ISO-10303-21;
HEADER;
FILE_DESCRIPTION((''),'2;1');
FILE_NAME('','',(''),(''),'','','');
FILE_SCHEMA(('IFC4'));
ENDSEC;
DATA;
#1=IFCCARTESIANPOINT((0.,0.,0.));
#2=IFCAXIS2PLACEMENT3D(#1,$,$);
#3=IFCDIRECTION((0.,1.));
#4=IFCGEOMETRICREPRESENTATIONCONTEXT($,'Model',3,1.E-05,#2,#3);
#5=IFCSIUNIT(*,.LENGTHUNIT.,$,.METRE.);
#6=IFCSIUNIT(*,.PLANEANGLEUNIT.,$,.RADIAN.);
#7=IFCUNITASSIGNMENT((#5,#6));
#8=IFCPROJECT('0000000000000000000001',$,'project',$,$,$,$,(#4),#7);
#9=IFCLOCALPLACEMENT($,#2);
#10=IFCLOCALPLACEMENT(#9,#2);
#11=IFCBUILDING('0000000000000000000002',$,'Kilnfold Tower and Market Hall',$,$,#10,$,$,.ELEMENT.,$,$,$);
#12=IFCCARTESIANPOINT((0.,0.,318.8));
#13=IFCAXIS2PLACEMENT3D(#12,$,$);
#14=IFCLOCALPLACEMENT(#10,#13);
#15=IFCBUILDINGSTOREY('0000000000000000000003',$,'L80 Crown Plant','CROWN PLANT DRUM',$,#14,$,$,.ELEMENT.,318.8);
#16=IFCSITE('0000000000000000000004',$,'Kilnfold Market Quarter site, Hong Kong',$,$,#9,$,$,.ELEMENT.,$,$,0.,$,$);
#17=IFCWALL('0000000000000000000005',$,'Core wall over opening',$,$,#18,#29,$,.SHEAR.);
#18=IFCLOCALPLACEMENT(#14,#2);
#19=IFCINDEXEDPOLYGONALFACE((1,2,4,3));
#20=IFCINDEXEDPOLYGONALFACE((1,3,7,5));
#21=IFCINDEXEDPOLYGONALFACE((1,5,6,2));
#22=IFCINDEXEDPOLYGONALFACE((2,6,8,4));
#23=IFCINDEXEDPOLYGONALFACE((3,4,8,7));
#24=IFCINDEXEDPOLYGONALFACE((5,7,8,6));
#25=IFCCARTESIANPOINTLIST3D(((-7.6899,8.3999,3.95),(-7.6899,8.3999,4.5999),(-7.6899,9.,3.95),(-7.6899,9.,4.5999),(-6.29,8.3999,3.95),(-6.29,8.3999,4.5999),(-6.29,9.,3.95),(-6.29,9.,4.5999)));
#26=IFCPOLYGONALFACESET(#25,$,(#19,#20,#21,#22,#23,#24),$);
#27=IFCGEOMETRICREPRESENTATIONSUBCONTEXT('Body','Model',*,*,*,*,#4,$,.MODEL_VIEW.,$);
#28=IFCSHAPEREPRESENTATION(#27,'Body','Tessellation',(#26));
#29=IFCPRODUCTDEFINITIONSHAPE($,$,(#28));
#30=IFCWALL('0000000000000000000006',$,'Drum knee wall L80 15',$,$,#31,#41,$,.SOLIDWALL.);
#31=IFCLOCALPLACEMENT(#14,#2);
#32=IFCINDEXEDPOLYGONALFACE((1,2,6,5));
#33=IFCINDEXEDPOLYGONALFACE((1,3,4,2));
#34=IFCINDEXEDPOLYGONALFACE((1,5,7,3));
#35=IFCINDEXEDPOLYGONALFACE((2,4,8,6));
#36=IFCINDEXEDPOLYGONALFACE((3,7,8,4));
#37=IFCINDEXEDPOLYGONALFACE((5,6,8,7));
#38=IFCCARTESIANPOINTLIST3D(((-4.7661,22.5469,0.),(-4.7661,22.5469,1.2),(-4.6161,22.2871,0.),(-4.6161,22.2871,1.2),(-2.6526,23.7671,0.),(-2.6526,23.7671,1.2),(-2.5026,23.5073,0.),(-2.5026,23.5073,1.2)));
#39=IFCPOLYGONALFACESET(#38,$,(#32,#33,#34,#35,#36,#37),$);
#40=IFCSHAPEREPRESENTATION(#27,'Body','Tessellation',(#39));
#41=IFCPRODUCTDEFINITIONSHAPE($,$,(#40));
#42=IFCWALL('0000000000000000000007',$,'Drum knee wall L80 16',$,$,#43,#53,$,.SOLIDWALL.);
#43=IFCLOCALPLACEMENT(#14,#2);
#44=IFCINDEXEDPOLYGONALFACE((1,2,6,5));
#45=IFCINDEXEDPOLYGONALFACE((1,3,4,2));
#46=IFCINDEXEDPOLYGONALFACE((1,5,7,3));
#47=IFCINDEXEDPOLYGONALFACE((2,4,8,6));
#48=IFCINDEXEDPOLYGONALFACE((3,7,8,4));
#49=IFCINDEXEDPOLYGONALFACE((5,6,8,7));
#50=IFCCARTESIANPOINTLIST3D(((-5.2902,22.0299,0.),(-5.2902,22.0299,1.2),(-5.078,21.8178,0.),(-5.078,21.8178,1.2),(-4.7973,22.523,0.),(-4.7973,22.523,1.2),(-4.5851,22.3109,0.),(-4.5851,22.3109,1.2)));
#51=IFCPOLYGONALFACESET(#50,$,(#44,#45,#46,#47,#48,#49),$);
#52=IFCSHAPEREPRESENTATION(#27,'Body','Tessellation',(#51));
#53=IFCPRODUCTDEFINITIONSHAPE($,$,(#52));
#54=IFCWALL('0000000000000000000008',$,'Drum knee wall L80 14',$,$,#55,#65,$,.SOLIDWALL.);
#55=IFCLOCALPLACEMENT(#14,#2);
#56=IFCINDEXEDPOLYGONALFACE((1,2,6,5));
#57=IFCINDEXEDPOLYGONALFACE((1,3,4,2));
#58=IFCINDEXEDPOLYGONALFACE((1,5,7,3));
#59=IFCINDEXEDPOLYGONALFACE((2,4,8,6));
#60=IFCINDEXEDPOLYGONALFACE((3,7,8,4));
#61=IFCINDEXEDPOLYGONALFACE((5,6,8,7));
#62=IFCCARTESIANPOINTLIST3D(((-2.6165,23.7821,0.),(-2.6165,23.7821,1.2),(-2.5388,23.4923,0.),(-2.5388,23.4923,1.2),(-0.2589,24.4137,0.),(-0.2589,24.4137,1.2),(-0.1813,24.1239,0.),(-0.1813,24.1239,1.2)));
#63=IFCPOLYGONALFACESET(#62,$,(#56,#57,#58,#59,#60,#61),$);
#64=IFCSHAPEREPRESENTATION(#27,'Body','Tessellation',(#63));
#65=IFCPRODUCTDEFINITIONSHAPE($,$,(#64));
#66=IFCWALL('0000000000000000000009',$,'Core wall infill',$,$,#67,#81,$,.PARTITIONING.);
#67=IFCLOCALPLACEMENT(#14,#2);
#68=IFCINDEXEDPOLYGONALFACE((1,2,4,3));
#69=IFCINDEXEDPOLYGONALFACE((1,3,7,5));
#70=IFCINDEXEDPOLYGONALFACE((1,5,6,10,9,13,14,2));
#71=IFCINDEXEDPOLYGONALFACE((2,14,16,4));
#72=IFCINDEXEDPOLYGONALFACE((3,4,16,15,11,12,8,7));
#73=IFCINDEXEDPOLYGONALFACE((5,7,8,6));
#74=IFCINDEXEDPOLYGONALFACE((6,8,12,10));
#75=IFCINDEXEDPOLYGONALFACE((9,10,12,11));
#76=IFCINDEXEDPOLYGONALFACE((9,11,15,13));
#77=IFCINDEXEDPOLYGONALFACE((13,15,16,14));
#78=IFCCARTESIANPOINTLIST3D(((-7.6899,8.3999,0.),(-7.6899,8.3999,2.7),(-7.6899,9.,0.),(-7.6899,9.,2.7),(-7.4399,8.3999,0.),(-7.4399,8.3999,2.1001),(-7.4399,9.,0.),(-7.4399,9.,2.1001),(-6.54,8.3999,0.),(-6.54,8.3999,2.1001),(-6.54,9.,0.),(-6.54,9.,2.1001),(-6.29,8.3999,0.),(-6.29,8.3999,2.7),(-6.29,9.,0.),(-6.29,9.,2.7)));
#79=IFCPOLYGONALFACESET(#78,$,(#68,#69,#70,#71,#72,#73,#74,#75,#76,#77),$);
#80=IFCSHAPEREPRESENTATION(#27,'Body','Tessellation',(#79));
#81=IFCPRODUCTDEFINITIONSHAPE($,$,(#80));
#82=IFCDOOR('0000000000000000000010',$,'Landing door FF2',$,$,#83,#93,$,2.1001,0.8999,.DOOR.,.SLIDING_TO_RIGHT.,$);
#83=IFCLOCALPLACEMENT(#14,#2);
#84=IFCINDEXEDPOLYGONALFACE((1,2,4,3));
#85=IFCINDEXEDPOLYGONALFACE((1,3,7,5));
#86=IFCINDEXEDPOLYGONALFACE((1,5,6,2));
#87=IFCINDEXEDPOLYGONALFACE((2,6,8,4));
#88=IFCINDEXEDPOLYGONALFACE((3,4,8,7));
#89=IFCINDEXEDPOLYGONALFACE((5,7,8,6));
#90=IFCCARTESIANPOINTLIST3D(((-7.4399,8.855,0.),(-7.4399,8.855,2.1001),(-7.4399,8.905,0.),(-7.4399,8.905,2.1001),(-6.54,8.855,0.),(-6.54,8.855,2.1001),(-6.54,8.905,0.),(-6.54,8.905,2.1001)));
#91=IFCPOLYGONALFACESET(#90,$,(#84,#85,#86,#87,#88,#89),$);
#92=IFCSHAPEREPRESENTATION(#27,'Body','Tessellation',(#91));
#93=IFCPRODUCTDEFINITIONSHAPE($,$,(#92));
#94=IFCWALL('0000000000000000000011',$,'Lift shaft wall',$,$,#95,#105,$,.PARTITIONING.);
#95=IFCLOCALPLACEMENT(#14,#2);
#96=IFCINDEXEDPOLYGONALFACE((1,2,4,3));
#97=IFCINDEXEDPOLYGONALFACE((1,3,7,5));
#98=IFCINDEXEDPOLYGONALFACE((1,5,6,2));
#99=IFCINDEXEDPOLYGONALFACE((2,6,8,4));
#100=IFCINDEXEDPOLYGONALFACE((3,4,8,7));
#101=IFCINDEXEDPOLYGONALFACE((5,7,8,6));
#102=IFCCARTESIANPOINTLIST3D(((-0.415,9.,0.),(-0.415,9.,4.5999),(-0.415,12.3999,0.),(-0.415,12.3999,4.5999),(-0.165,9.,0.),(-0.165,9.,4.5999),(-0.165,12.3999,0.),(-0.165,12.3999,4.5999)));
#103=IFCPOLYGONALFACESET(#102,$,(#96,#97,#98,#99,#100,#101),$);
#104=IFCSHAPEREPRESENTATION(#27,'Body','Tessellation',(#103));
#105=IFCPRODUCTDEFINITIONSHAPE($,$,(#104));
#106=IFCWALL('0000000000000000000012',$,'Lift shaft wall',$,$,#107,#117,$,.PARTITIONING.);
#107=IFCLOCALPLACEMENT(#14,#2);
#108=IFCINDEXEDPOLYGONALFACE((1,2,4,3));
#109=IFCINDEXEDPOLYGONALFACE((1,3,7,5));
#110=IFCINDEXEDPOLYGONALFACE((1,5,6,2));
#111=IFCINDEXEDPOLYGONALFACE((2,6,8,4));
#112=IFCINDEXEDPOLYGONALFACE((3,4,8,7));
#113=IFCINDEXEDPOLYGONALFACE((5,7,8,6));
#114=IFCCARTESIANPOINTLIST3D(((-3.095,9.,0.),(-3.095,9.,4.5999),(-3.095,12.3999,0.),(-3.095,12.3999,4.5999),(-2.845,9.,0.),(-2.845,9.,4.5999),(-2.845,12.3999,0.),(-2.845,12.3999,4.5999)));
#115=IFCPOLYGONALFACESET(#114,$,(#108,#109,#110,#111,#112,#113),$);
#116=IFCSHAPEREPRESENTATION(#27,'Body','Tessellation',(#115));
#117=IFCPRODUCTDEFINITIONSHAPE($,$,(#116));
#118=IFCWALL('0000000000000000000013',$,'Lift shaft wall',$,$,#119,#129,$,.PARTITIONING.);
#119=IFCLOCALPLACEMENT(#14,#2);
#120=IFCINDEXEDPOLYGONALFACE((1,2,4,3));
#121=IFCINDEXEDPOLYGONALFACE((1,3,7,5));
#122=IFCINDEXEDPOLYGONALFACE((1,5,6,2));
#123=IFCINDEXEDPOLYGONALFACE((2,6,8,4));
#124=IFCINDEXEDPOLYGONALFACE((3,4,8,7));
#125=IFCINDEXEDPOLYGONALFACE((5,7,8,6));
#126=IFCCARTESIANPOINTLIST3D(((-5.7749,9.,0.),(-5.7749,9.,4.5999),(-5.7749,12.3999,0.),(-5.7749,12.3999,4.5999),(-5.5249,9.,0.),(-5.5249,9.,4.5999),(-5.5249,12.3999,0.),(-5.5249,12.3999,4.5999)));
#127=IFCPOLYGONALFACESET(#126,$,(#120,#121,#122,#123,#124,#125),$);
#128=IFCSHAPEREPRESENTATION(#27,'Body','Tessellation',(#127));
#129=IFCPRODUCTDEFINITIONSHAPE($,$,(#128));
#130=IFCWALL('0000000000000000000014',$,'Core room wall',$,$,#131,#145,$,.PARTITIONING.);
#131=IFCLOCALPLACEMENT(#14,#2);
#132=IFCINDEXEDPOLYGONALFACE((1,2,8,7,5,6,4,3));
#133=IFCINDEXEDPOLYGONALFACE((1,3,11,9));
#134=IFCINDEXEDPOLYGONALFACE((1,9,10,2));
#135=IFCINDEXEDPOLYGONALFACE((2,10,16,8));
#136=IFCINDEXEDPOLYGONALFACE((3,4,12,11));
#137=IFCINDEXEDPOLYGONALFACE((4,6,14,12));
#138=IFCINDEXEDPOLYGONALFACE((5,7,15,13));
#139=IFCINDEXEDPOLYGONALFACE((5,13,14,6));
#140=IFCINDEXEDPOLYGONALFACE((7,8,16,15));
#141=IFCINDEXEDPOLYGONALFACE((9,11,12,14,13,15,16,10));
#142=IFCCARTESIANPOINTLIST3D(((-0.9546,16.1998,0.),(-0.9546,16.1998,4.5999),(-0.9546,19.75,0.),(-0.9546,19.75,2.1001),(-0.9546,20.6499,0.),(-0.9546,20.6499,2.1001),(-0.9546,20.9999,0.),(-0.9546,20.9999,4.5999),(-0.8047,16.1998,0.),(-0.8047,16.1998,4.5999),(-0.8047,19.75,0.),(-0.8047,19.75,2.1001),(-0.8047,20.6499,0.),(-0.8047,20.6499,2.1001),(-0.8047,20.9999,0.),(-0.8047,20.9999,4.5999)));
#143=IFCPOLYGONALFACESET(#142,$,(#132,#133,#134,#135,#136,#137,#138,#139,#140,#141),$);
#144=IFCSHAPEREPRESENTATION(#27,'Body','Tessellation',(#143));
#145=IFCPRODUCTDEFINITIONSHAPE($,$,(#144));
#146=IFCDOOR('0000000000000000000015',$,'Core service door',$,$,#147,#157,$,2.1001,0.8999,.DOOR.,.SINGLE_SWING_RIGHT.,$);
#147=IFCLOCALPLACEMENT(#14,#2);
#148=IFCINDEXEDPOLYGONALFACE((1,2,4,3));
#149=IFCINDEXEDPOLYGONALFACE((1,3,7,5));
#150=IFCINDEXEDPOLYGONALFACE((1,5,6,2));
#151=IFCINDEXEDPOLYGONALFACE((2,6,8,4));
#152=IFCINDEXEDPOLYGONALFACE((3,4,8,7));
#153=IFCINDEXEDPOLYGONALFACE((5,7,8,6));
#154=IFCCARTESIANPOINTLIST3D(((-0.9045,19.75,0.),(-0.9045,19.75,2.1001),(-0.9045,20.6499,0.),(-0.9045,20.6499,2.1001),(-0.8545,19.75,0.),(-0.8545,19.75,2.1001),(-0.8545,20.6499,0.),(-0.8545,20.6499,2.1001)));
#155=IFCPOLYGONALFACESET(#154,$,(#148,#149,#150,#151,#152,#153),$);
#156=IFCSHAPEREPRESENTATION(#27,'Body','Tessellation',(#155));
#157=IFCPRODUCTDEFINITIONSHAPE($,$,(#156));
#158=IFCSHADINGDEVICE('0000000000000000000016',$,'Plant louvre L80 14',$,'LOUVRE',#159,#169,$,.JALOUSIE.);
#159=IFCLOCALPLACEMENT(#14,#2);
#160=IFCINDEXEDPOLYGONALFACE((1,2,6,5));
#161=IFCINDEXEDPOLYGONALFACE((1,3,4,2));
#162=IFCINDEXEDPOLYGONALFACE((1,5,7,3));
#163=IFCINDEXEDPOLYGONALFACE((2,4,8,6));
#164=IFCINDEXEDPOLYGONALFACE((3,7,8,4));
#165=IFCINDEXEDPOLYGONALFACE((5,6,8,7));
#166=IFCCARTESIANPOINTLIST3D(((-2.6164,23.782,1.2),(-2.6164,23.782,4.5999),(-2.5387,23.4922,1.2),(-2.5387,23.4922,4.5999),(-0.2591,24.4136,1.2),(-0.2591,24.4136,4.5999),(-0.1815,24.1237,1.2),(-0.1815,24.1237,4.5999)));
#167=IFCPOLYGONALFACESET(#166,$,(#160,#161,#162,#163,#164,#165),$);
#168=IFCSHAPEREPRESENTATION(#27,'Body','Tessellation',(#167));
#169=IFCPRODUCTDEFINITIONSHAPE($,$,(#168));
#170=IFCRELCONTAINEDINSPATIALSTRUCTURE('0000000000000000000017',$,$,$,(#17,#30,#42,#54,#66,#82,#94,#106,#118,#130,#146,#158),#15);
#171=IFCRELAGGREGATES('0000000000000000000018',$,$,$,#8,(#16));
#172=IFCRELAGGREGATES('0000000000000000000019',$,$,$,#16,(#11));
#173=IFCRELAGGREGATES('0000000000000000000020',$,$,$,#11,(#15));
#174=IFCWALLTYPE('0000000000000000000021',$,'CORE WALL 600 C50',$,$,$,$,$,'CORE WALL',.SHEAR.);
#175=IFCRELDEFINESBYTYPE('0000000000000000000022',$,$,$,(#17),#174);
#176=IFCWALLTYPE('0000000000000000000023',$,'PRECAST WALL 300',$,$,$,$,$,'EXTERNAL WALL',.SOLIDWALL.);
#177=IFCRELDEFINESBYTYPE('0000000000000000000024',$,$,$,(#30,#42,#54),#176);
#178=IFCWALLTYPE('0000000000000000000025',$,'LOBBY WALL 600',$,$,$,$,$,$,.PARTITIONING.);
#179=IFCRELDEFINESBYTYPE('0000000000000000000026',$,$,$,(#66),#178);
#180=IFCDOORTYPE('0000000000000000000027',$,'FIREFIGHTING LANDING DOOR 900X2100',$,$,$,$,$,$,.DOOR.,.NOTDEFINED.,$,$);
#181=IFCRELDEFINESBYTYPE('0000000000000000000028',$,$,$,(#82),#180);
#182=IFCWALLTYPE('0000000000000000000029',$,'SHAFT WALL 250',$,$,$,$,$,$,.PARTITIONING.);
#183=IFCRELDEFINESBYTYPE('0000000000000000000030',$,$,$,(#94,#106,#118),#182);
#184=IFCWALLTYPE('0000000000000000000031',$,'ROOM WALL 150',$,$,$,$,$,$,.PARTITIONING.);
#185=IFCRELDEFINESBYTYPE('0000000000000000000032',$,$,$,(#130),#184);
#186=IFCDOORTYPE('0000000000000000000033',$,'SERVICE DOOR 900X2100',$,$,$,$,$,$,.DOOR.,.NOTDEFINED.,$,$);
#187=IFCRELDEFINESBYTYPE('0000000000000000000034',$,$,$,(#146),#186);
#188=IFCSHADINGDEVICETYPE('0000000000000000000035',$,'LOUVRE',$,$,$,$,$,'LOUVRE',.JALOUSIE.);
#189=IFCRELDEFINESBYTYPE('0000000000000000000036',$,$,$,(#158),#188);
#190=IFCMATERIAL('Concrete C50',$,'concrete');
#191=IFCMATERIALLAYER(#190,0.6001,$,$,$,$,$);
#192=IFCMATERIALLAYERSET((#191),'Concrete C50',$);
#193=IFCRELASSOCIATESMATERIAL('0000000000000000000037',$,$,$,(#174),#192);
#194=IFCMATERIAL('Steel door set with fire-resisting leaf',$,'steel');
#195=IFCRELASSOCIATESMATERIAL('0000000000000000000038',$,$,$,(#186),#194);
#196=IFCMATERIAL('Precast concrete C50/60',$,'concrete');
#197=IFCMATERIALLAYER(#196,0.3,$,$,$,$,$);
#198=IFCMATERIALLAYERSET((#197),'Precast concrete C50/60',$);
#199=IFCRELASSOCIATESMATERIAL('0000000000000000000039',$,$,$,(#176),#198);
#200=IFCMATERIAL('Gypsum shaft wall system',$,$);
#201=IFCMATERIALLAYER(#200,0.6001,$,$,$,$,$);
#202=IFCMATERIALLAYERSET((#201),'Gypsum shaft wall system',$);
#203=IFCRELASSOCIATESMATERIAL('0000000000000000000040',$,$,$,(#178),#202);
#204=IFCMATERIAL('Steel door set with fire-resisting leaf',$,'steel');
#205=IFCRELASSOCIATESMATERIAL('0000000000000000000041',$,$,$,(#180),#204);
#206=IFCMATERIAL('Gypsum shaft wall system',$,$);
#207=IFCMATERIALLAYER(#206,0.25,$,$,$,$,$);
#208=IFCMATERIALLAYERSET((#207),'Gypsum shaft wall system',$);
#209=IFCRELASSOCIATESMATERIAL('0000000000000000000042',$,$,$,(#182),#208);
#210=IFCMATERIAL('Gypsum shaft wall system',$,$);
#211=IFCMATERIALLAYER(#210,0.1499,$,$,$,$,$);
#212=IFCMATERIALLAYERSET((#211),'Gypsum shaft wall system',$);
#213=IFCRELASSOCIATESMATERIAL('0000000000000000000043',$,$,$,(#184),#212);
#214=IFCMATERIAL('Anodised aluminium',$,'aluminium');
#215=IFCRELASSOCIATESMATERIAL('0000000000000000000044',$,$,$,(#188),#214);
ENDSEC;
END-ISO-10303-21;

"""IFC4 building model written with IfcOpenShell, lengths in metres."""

from ifc_helpers import new_model, si_unit, direction, frame, frame_2d, origin, origin_2d, place, context, subcontext, project, spatial, rectangle, extrude, source, transform, mapped, material, layer, layer_set, type_object, element, fill, save


model = new_model("IFC4")

# Units and contexts
model_context = context("Model", 3, precision=1e-05, world=origin(), true_north=direction((0.0, 1.0)))
body_context = subcontext(model_context, "Body", "Model", "MODEL_VIEW")
ifc_project = project(units=[si_unit("LENGTHUNIT", "METRE"), si_unit("PLANEANGLEUNIT", "RADIAN")], contexts=[model_context])

# Site, building, storey
site_placement = place(None, origin())
site = spatial("IfcSite", under=ifc_project, at=site_placement, Name="Kilnfold Market Quarter site, Hong Kong", CompositionType="ELEMENT", RefElevation=0.0)
building_placement = place(site_placement, origin())
building = spatial("IfcBuilding", under=site, at=building_placement, Name="Kilnfold Tower and Market Hall", CompositionType="ELEMENT")
storey_placement = place(building_placement, frame((0.0, 0.0, 318.8)))
storey = spatial("IfcBuildingStorey", under=building, at=storey_placement, Name="L80 Crown Plant", Description="CROWN PLANT DRUM", CompositionType="ELEMENT", Elevation=318.8)

# Shared definitions
ifc_material_1 = material(Name="Concrete C50", Category="concrete")
ifc_layer_1 = layer(ifc_material_1, 0.6001)
ifc_layer_set_1 = layer_set([ifc_layer_1], Name="Concrete C50")
wall_type_1 = type_object("IfcWallType", Name="CORE WALL 600 C50", ElementType="CORE WALL", PredefinedType="SHEAR", material=ifc_layer_set_1)

# Shared definitions
ifc_material_2 = material(Name="Steel door set with fire-resisting leaf", Category="steel")
door_type_1 = type_object("IfcDoorType", Name="SERVICE DOOR 900X2100", OperationType="NOTDEFINED", PredefinedType="DOOR", material=ifc_material_2)

# Walls
shared_shape_1 = source(origin(), body_context, "Body", "SweptSolid", [
    extrude(rectangle(XDim=1.3999, YDim=0.6001, at=frame_2d((0.7, 0.0))), origin(), (0.0, 0.0, 1.0), 0.6499),
])
wall_1_placement = place(storey_placement, frame((-7.6899, 8.7, 3.95), z_axis=(0.0, 0.0, 1.0), x_axis=(1.0, 0.0, 0.0)))
element("IfcWall", 1, at=wall_1_placement, inside=storey, type_object=wall_type_1, Name="Core wall over opening", PredefinedType="SHEAR", context=body_context, shape_type="MappedRepresentation", body=[
    mapped(shared_shape_1, transform((0.0, 0.0, 0.0))),
])
ifc_material_3 = material(Name="Precast concrete C50/60", Category="concrete")
ifc_layer_2 = layer(ifc_material_3, 0.3)
ifc_layer_set_2 = layer_set([ifc_layer_2], Name="Precast concrete C50/60")
wall_type_2 = type_object("IfcWallType", Name="PRECAST WALL 300", ElementType="EXTERNAL WALL", PredefinedType="SOLIDWALL", material=ifc_layer_set_2)
shared_shape_2 = source(origin(), body_context, "Body", "SweptSolid", [
    extrude(rectangle(XDim=2.4404, YDim=0.3, at=frame_2d((1.2202, 0.0))), origin(), (0.0, 0.0, 1.0), 1.2),
])
wall_2_placement = place(storey_placement, frame((-2.5776, 23.6372, 0.0), z_axis=(0.0, 0.0, 1.0), x_axis=(-0.866031, -0.499991, 0.0)))
element("IfcWall", 2, at=wall_2_placement, inside=storey, type_object=wall_type_2, Name="Drum knee wall L80 15", PredefinedType="SOLIDWALL", context=body_context, shape_type="MappedRepresentation", body=[
    mapped(shared_shape_2, transform((0.0, 0.0, 0.0))),
])
shared_shape_3 = source(origin(), body_context, "Body", "SweptSolid", [
    extrude(rectangle(XDim=0.6973, YDim=0.3, at=frame_2d((0.3486, 0.0))), origin(), (0.0, 0.0, 1.0), 1.2),
])
wall_3_placement = place(storey_placement, frame((-4.6912, 22.417, 0.0), z_axis=(0.0, 0.0, 1.0), x_axis=(-0.706932, -0.707282, 0.0)))
element("IfcWall", 3, at=wall_3_placement, inside=storey, type_object=wall_type_2, Name="Drum knee wall L80 16", PredefinedType="SOLIDWALL", context=body_context, shape_type="MappedRepresentation", body=[
    mapped(shared_shape_3, transform((0.0, 0.0, 0.0))),
])
shared_shape_4 = source(origin(), body_context, "Body", "SweptSolid", [
    extrude(rectangle(XDim=2.4407, YDim=0.3, at=frame_2d((1.2202, 0.0))), origin(), (0.0, 0.0, 1.0), 1.2),
])
wall_4_placement = place(storey_placement, frame((-0.2202, 24.2688, 0.0), z_axis=(0.0, 0.0, 1.0), x_axis=(-0.965934, -0.258789, 0.0)))
element("IfcWall", 4, at=wall_4_placement, inside=storey, type_object=wall_type_2, Name="Drum knee wall L80 14", PredefinedType="SOLIDWALL", context=body_context, shape_type="MappedRepresentation", body=[
    mapped(shared_shape_4, transform((0.0, 0.0, 0.0))),
])

# Wall, opening, door
ifc_material_4 = material(Name="Gypsum shaft wall system")
ifc_layer_3 = layer(ifc_material_4, 0.6001)
ifc_layer_set_3 = layer_set([ifc_layer_3], Name="Gypsum shaft wall system")
wall_type_3 = type_object("IfcWallType", Name="LOBBY WALL 600", PredefinedType="PARTITIONING", material=ifc_layer_set_3)
shared_shape_5 = source(origin(), body_context, "Body", "SweptSolid", [
    extrude(rectangle(XDim=1.3999, YDim=0.6001, at=frame_2d((0.7, 0.0))), origin(), (0.0, 0.0, 1.0), 2.7),
])
wall_5_placement = place(storey_placement, frame((-7.6899, 8.7, 0.0), z_axis=(0.0, 0.0, 1.0), x_axis=(1.0, 0.0, 0.0)))
wall_5 = element("IfcWall", 5, at=wall_5_placement, inside=storey, type_object=wall_type_3, Name="Core wall infill", PredefinedType="PARTITIONING", context=body_context, shape_type="MappedRepresentation", body=[
    mapped(shared_shape_5, transform((0.0, 0.0, 0.0))),
])
opening_1_placement = place(wall_5_placement, frame((0.25, 0.0, 0.0)))
opening_1 = element("IfcOpeningElement", 6, at=opening_1_placement, cuts=wall_5, PredefinedType="OPENING", context=body_context, shape_type="SweptSolid", body=[
    extrude(rectangle(XDim=0.8999, YDim=2.1001, at=frame_2d((0.45, 1.05))), frame((0.0, 0.3101, 0.0), z_axis=(0.0, -1.0, 0.0), x_axis=(1.0, 0.0, 0.0)), (0.0, 0.0, 1.0), 0.6201),
])
ifc_material_5 = material(Name="Steel door set with fire-resisting leaf", Category="steel")
door_type_2 = type_object("IfcDoorType", Name="FIREFIGHTING LANDING DOOR 900X2100", OperationType="NOTDEFINED", PredefinedType="DOOR", material=ifc_material_5)
door_1_placement = place(opening_1_placement, origin())
door_1 = element("IfcDoor", 7, at=door_1_placement, inside=storey, type_object=door_type_2, Name="Landing door FF2", OperationType="SLIDING_TO_RIGHT", OverallHeight=2.1001, OverallWidth=0.8999, PredefinedType="DOOR", context=body_context, shape_type="SweptSolid", body=[
    extrude(rectangle(XDim=0.8999, YDim=2.1001, at=frame_2d((0.45, 1.05))), frame((0.0, 0.2051, 0.0), z_axis=(0.0, -1.0, 0.0), x_axis=(1.0, 0.0, 0.0)), (0.0, 0.0, 1.0), 0.05),
])
fill(opening_1, door_1)

# Walls
ifc_material_6 = material(Name="Gypsum shaft wall system")
ifc_layer_4 = layer(ifc_material_6, 0.25)
ifc_layer_set_4 = layer_set([ifc_layer_4], Name="Gypsum shaft wall system")
wall_type_4 = type_object("IfcWallType", Name="SHAFT WALL 250", PredefinedType="PARTITIONING", material=ifc_layer_set_4)
shared_shape_6 = source(origin(), body_context, "Body", "SweptSolid", [
    extrude(rectangle(XDim=3.3999, YDim=0.25, at=frame_2d((1.7, 0.0))), origin(), (0.0, 0.0, 1.0), 4.5999),
])
for number, where, z_axis, x_axis, name in (
    (8, (-0.29, 9.0, 0.0), (0.0, 0.0, 1.0), (0.0, 1.0, 0.0), "Lift shaft wall"),
    (9, (-2.97, 9.0, 0.0), (0.0, 0.0, 1.0), (0.0, 1.0, 0.0), "Lift shaft wall"),
    (10, (-5.6499, 9.0, 0.0), (0.0, 0.0, 1.0), (0.0, 1.0, 0.0), "Lift shaft wall"),
):
    element("IfcWall", number, at=place(storey_placement, frame(where, z_axis=z_axis, x_axis=x_axis)), inside=storey, type_object=wall_type_4, Name=name, PredefinedType="PARTITIONING", context=body_context, shape_type="MappedRepresentation", body=[
        mapped(shared_shape_6, transform((0.0, 0.0, 0.0))),
    ])

# Wall, opening, door
ifc_material_7 = material(Name="Gypsum shaft wall system")
ifc_layer_5 = layer(ifc_material_7, 0.1499)
ifc_layer_set_5 = layer_set([ifc_layer_5], Name="Gypsum shaft wall system")
wall_type_5 = type_object("IfcWallType", Name="ROOM WALL 150", PredefinedType="PARTITIONING", material=ifc_layer_set_5)
shared_shape_7 = source(origin(), body_context, "Body", "SweptSolid", [
    extrude(rectangle(XDim=4.8, YDim=0.1499, at=frame_2d((2.3999, 0.0))), origin(), (0.0, 0.0, 1.0), 4.5999),
])
wall_6_placement = place(storey_placement, frame((-0.8796, 16.2, 0.0), z_axis=(0.0, 0.0, 1.0), x_axis=(0.0, 1.0, 0.0)))
wall_6 = element("IfcWall", 11, at=wall_6_placement, inside=storey, type_object=wall_type_5, Name="Core room wall", PredefinedType="PARTITIONING", context=body_context, shape_type="MappedRepresentation", body=[
    mapped(shared_shape_7, transform((0.0, 0.0, 0.0))),
])
opening_2_placement = place(wall_6_placement, frame((3.55, 0.0, 0.0)))
opening_2 = element("IfcOpeningElement", 12, at=opening_2_placement, cuts=wall_6, PredefinedType="OPENING", context=body_context, shape_type="SweptSolid", body=[
    extrude(rectangle(XDim=0.8999, YDim=2.1001, at=frame_2d((0.45, 1.05))), frame((0.0, 0.085, 0.0), z_axis=(0.0, -1.0, 0.0), x_axis=(1.0, 0.0, 0.0)), (0.0, 0.0, 1.0), 0.1699),
])
door_2_placement = place(opening_2_placement, origin())
door_2 = element("IfcDoor", 13, at=door_2_placement, inside=storey, type_object=door_type_1, Name="Core service door", OperationType="SINGLE_SWING_RIGHT", OverallHeight=2.1001, OverallWidth=0.8999, PredefinedType="DOOR", context=body_context, shape_type="SweptSolid", body=[
    extrude(rectangle(XDim=0.8999, YDim=2.1001, at=frame_2d((0.45, 1.05))), frame((0.0, 0.0249, 0.0), z_axis=(0.0, -1.0, 0.0), x_axis=(1.0, 0.0, 0.0)), (0.0, 0.0, 1.0), 0.05),
])
fill(opening_2, door_2)

# Shading device
ifc_material_8 = material(Name="Anodised aluminium", Category="aluminium")
shading_device_type = type_object("IfcShadingDeviceType", Name="LOUVRE", ElementType="LOUVRE", PredefinedType="JALOUSIE", material=ifc_material_8)
shared_shape_8 = source(origin(), body_context, "Body", "SweptSolid", [
    extrude(rectangle(XDim=2.4404, YDim=0.3, at=origin_2d()), origin(), (0.0, 0.0, 1.0), 3.3999),
])
for number, where, z_axis, x_axis, name in (
    (14, (-1.3989, 23.9529, 1.2), (0.0, 0.0, 1.0), (-0.965933, -0.258792, 0.0), "Plant louvre L80 14"),
):
    element("IfcShadingDevice", number, at=place(storey_placement, frame(where, z_axis=z_axis, x_axis=x_axis)), inside=storey, type_object=shading_device_type, Name=name, ObjectType="LOUVRE", PredefinedType="JALOUSIE", context=body_context, shape_type="MappedRepresentation", body=[
        mapped(shared_shape_8, transform((0.0, 0.0, 0.0))),
    ])

save(model, "model.ifc")
